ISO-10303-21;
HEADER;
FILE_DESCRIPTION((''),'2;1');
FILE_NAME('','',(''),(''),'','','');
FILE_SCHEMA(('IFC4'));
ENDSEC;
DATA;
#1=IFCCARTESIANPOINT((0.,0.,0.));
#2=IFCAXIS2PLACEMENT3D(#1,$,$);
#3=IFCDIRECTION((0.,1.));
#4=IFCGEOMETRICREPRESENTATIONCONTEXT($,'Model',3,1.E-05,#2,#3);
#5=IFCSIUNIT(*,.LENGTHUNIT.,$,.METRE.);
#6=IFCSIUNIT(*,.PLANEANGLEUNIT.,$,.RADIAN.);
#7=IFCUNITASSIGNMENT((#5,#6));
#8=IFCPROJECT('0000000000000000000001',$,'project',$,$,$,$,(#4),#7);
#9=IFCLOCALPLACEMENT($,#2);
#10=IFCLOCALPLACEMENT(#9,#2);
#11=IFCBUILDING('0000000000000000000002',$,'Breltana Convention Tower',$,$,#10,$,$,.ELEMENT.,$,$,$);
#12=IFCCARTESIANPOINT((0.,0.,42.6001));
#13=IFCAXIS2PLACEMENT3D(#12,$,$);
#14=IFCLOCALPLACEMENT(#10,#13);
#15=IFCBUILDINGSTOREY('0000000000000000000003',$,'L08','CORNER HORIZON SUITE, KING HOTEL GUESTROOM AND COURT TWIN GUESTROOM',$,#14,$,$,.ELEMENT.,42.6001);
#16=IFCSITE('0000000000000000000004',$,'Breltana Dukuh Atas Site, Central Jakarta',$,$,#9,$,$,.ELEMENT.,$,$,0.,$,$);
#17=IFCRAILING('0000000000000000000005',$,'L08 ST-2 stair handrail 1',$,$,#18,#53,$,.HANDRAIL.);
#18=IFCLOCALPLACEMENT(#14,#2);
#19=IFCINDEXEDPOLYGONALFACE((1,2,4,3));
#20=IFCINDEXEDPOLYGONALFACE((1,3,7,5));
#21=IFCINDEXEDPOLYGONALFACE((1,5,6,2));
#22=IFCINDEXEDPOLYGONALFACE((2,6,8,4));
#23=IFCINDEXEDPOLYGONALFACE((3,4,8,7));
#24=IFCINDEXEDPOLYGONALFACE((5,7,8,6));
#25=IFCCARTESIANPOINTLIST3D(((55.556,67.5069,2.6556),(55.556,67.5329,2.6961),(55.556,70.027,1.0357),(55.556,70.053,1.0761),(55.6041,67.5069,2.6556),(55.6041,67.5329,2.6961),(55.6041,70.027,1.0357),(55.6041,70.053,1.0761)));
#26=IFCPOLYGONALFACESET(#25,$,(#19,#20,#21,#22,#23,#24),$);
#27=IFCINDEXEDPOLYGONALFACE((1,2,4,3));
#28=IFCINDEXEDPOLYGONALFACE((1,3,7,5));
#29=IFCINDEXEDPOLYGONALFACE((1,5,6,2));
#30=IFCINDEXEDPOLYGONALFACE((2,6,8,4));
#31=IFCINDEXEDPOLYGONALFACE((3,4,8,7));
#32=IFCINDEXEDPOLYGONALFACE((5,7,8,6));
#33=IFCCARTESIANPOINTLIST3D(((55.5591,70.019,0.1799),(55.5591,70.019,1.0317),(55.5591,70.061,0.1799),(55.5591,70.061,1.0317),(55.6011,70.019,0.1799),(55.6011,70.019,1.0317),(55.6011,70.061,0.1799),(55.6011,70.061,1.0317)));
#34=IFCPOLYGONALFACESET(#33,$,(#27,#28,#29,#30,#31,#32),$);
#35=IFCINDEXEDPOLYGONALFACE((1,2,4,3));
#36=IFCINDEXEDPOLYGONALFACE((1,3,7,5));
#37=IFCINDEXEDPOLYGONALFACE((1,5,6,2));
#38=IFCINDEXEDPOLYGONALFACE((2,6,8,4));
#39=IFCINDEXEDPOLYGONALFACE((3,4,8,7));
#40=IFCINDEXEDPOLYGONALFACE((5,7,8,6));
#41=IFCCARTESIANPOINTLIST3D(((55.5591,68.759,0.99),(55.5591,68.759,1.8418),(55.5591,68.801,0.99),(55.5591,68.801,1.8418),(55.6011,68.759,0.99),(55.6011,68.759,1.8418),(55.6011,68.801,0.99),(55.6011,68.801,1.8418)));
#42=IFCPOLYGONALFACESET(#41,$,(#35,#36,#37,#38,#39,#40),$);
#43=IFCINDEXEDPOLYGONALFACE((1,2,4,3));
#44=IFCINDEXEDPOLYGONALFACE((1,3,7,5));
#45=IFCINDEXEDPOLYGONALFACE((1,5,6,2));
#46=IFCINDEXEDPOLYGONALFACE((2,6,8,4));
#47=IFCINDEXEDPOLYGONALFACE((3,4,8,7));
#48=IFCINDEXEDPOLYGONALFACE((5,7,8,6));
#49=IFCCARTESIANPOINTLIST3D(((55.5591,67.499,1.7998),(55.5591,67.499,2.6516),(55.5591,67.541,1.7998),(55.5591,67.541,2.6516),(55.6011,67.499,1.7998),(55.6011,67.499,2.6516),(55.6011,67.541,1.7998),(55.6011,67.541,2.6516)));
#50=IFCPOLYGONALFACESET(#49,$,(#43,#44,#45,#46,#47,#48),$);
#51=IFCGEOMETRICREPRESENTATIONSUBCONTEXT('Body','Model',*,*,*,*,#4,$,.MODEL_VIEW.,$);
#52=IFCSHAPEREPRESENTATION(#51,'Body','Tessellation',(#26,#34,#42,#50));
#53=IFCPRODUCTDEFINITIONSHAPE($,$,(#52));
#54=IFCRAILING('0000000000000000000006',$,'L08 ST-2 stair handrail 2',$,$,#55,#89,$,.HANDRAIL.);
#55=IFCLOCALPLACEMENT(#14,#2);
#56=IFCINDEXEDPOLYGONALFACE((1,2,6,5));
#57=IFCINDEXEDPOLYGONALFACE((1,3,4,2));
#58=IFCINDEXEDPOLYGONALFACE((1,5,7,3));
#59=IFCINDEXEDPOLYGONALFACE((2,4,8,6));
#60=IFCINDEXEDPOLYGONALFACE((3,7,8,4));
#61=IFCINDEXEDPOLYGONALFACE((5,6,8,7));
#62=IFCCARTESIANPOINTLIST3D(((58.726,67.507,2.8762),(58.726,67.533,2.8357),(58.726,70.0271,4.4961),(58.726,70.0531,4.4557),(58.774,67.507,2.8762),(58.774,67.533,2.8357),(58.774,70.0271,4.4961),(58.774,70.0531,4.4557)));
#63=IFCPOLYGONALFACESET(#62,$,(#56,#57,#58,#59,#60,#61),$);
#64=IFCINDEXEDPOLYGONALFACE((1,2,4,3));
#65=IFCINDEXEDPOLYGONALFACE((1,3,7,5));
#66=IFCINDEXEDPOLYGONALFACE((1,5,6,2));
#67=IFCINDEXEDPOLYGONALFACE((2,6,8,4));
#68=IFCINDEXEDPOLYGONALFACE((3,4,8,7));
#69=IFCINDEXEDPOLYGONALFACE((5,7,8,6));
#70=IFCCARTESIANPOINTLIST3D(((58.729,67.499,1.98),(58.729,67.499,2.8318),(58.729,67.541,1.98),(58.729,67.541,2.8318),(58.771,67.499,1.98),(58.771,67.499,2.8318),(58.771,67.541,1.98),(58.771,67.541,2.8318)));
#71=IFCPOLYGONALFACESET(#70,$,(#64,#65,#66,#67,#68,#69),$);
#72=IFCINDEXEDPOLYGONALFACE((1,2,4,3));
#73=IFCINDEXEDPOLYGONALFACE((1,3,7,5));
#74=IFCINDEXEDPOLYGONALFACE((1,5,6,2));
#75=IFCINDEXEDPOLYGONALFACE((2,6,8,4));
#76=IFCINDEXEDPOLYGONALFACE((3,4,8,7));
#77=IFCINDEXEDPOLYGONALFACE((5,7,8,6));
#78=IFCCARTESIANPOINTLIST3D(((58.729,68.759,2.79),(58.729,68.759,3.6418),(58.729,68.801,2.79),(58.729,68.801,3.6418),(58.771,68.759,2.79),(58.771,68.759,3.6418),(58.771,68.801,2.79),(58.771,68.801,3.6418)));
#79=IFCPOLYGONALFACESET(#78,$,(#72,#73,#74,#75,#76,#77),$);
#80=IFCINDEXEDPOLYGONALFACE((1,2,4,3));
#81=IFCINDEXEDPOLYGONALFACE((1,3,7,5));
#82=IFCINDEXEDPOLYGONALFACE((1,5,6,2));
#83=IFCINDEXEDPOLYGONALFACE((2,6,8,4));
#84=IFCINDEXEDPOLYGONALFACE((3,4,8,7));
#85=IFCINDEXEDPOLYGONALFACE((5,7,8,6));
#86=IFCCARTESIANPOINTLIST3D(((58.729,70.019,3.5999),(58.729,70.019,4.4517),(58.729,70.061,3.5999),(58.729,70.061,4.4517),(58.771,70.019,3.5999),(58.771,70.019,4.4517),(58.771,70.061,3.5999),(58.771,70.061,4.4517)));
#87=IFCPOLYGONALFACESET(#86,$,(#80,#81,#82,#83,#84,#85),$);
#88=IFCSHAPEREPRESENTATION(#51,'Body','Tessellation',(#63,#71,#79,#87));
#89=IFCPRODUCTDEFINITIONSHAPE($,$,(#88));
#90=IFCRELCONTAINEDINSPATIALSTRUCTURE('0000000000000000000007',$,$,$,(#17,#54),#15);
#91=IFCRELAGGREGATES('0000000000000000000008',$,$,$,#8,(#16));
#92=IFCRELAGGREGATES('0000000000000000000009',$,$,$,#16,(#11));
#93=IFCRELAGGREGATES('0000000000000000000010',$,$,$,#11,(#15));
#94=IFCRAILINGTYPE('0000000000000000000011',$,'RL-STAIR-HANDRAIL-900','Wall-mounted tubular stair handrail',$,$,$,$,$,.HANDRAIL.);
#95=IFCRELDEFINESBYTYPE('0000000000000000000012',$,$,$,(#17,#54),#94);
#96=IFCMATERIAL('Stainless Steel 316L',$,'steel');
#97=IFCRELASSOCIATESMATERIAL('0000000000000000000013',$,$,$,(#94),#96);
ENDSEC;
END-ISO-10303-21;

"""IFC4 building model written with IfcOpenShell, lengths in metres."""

from ifc_helpers import new_model, si_unit, direction, frame, origin, origin_2d, place, context, subcontext, project, spatial, rectangle, extrude, material, type_object, element, save


model = new_model("IFC4")

# Units and contexts
model_context = context("Model", 3, precision=1e-05, world=origin(), true_north=direction((0.0, 1.0)))
body_context = subcontext(model_context, "Body", "Model", "MODEL_VIEW")
ifc_project = project(units=[si_unit("LENGTHUNIT", "METRE"), si_unit("PLANEANGLEUNIT", "RADIAN")], contexts=[model_context])

# Site, building, storey
site_placement = place(None, origin())
site = spatial("IfcSite", under=ifc_project, at=site_placement, Name="Breltana Dukuh Atas Site, Central Jakarta", CompositionType="ELEMENT", RefElevation=0.0)
building_placement = place(site_placement, origin())
building = spatial("IfcBuilding", under=site, at=building_placement, Name="Breltana Convention Tower", CompositionType="ELEMENT")
storey_placement = place(building_placement, frame((0.0, 0.0, 42.6001)))
storey = spatial("IfcBuildingStorey", under=building, at=storey_placement, Name="L08", Description="CORNER HORIZON SUITE, KING HOTEL GUESTROOM AND COURT TWIN GUESTROOM", CompositionType="ELEMENT", Elevation=42.6001)

# Railings
ifc_material_1 = material(Name="Stainless Steel 316L", Category="steel")
railing_type_1 = type_object("IfcRailingType", Name="RL-STAIR-HANDRAIL-900", Description="Wall-mounted tubular stair handrail", PredefinedType="HANDRAIL", material=ifc_material_1)
railing_1_placement = place(storey_placement, frame((55.5801, 70.04, 0.1799)))
element("IfcRailing", 1, at=railing_1_placement, inside=storey, type_object=railing_type_1, Name="L08 ST-2 stair handrail 1", PredefinedType="HANDRAIL", context=body_context, shape_type="SweptSolid", body=[
    extrude(rectangle(XDim=0.0481, YDim=0.0481, at=origin_2d()), frame((0.0, 0.0, 0.876), z_axis=(0.0, -0.8412, 0.540725), x_axis=(1.0, 0.0, 0.0)), (0.0, 0.0, 1.0), 2.9958),
    extrude(rectangle(XDim=0.042, YDim=0.042, at=origin_2d()), origin(), (0.0, 0.0, 1.0), 0.8518),
    extrude(rectangle(XDim=0.042, YDim=0.042, at=origin_2d()), frame((0.0, -1.26, 0.8101)), (0.0, 0.0, 1.0), 0.8518),
    extrude(rectangle(XDim=0.042, YDim=0.042, at=origin_2d()), frame((0.0, -2.52, 1.6199)), (0.0, 0.0, 1.0), 0.8518),
])
railing_2_placement = place(storey_placement, frame((58.75, 67.52, 1.98)))
element("IfcRailing", 2, at=railing_2_placement, inside=storey, type_object=railing_type_1, Name="L08 ST-2 stair handrail 2", PredefinedType="HANDRAIL", context=body_context, shape_type="SweptSolid", body=[
    extrude(rectangle(XDim=0.0481, YDim=0.0481, at=origin_2d()), frame((0.0, 0.0, 0.876), z_axis=(0.0, 0.8412, 0.540725), x_axis=(-1.0, 0.0, 0.0)), (0.0, 0.0, 1.0), 2.9958),
    extrude(rectangle(XDim=0.042, YDim=0.042, at=origin_2d()), origin(), (0.0, 0.0, 1.0), 0.8518),
    extrude(rectangle(XDim=0.042, YDim=0.042, at=origin_2d()), frame((0.0, 1.26, 0.8101)), (0.0, 0.0, 1.0), 0.8518),
    extrude(rectangle(XDim=0.042, YDim=0.042, at=origin_2d()), frame((0.0, 2.52, 1.6199)), (0.0, 0.0, 1.0), 0.8518),
])

save(model, "model.ifc")
